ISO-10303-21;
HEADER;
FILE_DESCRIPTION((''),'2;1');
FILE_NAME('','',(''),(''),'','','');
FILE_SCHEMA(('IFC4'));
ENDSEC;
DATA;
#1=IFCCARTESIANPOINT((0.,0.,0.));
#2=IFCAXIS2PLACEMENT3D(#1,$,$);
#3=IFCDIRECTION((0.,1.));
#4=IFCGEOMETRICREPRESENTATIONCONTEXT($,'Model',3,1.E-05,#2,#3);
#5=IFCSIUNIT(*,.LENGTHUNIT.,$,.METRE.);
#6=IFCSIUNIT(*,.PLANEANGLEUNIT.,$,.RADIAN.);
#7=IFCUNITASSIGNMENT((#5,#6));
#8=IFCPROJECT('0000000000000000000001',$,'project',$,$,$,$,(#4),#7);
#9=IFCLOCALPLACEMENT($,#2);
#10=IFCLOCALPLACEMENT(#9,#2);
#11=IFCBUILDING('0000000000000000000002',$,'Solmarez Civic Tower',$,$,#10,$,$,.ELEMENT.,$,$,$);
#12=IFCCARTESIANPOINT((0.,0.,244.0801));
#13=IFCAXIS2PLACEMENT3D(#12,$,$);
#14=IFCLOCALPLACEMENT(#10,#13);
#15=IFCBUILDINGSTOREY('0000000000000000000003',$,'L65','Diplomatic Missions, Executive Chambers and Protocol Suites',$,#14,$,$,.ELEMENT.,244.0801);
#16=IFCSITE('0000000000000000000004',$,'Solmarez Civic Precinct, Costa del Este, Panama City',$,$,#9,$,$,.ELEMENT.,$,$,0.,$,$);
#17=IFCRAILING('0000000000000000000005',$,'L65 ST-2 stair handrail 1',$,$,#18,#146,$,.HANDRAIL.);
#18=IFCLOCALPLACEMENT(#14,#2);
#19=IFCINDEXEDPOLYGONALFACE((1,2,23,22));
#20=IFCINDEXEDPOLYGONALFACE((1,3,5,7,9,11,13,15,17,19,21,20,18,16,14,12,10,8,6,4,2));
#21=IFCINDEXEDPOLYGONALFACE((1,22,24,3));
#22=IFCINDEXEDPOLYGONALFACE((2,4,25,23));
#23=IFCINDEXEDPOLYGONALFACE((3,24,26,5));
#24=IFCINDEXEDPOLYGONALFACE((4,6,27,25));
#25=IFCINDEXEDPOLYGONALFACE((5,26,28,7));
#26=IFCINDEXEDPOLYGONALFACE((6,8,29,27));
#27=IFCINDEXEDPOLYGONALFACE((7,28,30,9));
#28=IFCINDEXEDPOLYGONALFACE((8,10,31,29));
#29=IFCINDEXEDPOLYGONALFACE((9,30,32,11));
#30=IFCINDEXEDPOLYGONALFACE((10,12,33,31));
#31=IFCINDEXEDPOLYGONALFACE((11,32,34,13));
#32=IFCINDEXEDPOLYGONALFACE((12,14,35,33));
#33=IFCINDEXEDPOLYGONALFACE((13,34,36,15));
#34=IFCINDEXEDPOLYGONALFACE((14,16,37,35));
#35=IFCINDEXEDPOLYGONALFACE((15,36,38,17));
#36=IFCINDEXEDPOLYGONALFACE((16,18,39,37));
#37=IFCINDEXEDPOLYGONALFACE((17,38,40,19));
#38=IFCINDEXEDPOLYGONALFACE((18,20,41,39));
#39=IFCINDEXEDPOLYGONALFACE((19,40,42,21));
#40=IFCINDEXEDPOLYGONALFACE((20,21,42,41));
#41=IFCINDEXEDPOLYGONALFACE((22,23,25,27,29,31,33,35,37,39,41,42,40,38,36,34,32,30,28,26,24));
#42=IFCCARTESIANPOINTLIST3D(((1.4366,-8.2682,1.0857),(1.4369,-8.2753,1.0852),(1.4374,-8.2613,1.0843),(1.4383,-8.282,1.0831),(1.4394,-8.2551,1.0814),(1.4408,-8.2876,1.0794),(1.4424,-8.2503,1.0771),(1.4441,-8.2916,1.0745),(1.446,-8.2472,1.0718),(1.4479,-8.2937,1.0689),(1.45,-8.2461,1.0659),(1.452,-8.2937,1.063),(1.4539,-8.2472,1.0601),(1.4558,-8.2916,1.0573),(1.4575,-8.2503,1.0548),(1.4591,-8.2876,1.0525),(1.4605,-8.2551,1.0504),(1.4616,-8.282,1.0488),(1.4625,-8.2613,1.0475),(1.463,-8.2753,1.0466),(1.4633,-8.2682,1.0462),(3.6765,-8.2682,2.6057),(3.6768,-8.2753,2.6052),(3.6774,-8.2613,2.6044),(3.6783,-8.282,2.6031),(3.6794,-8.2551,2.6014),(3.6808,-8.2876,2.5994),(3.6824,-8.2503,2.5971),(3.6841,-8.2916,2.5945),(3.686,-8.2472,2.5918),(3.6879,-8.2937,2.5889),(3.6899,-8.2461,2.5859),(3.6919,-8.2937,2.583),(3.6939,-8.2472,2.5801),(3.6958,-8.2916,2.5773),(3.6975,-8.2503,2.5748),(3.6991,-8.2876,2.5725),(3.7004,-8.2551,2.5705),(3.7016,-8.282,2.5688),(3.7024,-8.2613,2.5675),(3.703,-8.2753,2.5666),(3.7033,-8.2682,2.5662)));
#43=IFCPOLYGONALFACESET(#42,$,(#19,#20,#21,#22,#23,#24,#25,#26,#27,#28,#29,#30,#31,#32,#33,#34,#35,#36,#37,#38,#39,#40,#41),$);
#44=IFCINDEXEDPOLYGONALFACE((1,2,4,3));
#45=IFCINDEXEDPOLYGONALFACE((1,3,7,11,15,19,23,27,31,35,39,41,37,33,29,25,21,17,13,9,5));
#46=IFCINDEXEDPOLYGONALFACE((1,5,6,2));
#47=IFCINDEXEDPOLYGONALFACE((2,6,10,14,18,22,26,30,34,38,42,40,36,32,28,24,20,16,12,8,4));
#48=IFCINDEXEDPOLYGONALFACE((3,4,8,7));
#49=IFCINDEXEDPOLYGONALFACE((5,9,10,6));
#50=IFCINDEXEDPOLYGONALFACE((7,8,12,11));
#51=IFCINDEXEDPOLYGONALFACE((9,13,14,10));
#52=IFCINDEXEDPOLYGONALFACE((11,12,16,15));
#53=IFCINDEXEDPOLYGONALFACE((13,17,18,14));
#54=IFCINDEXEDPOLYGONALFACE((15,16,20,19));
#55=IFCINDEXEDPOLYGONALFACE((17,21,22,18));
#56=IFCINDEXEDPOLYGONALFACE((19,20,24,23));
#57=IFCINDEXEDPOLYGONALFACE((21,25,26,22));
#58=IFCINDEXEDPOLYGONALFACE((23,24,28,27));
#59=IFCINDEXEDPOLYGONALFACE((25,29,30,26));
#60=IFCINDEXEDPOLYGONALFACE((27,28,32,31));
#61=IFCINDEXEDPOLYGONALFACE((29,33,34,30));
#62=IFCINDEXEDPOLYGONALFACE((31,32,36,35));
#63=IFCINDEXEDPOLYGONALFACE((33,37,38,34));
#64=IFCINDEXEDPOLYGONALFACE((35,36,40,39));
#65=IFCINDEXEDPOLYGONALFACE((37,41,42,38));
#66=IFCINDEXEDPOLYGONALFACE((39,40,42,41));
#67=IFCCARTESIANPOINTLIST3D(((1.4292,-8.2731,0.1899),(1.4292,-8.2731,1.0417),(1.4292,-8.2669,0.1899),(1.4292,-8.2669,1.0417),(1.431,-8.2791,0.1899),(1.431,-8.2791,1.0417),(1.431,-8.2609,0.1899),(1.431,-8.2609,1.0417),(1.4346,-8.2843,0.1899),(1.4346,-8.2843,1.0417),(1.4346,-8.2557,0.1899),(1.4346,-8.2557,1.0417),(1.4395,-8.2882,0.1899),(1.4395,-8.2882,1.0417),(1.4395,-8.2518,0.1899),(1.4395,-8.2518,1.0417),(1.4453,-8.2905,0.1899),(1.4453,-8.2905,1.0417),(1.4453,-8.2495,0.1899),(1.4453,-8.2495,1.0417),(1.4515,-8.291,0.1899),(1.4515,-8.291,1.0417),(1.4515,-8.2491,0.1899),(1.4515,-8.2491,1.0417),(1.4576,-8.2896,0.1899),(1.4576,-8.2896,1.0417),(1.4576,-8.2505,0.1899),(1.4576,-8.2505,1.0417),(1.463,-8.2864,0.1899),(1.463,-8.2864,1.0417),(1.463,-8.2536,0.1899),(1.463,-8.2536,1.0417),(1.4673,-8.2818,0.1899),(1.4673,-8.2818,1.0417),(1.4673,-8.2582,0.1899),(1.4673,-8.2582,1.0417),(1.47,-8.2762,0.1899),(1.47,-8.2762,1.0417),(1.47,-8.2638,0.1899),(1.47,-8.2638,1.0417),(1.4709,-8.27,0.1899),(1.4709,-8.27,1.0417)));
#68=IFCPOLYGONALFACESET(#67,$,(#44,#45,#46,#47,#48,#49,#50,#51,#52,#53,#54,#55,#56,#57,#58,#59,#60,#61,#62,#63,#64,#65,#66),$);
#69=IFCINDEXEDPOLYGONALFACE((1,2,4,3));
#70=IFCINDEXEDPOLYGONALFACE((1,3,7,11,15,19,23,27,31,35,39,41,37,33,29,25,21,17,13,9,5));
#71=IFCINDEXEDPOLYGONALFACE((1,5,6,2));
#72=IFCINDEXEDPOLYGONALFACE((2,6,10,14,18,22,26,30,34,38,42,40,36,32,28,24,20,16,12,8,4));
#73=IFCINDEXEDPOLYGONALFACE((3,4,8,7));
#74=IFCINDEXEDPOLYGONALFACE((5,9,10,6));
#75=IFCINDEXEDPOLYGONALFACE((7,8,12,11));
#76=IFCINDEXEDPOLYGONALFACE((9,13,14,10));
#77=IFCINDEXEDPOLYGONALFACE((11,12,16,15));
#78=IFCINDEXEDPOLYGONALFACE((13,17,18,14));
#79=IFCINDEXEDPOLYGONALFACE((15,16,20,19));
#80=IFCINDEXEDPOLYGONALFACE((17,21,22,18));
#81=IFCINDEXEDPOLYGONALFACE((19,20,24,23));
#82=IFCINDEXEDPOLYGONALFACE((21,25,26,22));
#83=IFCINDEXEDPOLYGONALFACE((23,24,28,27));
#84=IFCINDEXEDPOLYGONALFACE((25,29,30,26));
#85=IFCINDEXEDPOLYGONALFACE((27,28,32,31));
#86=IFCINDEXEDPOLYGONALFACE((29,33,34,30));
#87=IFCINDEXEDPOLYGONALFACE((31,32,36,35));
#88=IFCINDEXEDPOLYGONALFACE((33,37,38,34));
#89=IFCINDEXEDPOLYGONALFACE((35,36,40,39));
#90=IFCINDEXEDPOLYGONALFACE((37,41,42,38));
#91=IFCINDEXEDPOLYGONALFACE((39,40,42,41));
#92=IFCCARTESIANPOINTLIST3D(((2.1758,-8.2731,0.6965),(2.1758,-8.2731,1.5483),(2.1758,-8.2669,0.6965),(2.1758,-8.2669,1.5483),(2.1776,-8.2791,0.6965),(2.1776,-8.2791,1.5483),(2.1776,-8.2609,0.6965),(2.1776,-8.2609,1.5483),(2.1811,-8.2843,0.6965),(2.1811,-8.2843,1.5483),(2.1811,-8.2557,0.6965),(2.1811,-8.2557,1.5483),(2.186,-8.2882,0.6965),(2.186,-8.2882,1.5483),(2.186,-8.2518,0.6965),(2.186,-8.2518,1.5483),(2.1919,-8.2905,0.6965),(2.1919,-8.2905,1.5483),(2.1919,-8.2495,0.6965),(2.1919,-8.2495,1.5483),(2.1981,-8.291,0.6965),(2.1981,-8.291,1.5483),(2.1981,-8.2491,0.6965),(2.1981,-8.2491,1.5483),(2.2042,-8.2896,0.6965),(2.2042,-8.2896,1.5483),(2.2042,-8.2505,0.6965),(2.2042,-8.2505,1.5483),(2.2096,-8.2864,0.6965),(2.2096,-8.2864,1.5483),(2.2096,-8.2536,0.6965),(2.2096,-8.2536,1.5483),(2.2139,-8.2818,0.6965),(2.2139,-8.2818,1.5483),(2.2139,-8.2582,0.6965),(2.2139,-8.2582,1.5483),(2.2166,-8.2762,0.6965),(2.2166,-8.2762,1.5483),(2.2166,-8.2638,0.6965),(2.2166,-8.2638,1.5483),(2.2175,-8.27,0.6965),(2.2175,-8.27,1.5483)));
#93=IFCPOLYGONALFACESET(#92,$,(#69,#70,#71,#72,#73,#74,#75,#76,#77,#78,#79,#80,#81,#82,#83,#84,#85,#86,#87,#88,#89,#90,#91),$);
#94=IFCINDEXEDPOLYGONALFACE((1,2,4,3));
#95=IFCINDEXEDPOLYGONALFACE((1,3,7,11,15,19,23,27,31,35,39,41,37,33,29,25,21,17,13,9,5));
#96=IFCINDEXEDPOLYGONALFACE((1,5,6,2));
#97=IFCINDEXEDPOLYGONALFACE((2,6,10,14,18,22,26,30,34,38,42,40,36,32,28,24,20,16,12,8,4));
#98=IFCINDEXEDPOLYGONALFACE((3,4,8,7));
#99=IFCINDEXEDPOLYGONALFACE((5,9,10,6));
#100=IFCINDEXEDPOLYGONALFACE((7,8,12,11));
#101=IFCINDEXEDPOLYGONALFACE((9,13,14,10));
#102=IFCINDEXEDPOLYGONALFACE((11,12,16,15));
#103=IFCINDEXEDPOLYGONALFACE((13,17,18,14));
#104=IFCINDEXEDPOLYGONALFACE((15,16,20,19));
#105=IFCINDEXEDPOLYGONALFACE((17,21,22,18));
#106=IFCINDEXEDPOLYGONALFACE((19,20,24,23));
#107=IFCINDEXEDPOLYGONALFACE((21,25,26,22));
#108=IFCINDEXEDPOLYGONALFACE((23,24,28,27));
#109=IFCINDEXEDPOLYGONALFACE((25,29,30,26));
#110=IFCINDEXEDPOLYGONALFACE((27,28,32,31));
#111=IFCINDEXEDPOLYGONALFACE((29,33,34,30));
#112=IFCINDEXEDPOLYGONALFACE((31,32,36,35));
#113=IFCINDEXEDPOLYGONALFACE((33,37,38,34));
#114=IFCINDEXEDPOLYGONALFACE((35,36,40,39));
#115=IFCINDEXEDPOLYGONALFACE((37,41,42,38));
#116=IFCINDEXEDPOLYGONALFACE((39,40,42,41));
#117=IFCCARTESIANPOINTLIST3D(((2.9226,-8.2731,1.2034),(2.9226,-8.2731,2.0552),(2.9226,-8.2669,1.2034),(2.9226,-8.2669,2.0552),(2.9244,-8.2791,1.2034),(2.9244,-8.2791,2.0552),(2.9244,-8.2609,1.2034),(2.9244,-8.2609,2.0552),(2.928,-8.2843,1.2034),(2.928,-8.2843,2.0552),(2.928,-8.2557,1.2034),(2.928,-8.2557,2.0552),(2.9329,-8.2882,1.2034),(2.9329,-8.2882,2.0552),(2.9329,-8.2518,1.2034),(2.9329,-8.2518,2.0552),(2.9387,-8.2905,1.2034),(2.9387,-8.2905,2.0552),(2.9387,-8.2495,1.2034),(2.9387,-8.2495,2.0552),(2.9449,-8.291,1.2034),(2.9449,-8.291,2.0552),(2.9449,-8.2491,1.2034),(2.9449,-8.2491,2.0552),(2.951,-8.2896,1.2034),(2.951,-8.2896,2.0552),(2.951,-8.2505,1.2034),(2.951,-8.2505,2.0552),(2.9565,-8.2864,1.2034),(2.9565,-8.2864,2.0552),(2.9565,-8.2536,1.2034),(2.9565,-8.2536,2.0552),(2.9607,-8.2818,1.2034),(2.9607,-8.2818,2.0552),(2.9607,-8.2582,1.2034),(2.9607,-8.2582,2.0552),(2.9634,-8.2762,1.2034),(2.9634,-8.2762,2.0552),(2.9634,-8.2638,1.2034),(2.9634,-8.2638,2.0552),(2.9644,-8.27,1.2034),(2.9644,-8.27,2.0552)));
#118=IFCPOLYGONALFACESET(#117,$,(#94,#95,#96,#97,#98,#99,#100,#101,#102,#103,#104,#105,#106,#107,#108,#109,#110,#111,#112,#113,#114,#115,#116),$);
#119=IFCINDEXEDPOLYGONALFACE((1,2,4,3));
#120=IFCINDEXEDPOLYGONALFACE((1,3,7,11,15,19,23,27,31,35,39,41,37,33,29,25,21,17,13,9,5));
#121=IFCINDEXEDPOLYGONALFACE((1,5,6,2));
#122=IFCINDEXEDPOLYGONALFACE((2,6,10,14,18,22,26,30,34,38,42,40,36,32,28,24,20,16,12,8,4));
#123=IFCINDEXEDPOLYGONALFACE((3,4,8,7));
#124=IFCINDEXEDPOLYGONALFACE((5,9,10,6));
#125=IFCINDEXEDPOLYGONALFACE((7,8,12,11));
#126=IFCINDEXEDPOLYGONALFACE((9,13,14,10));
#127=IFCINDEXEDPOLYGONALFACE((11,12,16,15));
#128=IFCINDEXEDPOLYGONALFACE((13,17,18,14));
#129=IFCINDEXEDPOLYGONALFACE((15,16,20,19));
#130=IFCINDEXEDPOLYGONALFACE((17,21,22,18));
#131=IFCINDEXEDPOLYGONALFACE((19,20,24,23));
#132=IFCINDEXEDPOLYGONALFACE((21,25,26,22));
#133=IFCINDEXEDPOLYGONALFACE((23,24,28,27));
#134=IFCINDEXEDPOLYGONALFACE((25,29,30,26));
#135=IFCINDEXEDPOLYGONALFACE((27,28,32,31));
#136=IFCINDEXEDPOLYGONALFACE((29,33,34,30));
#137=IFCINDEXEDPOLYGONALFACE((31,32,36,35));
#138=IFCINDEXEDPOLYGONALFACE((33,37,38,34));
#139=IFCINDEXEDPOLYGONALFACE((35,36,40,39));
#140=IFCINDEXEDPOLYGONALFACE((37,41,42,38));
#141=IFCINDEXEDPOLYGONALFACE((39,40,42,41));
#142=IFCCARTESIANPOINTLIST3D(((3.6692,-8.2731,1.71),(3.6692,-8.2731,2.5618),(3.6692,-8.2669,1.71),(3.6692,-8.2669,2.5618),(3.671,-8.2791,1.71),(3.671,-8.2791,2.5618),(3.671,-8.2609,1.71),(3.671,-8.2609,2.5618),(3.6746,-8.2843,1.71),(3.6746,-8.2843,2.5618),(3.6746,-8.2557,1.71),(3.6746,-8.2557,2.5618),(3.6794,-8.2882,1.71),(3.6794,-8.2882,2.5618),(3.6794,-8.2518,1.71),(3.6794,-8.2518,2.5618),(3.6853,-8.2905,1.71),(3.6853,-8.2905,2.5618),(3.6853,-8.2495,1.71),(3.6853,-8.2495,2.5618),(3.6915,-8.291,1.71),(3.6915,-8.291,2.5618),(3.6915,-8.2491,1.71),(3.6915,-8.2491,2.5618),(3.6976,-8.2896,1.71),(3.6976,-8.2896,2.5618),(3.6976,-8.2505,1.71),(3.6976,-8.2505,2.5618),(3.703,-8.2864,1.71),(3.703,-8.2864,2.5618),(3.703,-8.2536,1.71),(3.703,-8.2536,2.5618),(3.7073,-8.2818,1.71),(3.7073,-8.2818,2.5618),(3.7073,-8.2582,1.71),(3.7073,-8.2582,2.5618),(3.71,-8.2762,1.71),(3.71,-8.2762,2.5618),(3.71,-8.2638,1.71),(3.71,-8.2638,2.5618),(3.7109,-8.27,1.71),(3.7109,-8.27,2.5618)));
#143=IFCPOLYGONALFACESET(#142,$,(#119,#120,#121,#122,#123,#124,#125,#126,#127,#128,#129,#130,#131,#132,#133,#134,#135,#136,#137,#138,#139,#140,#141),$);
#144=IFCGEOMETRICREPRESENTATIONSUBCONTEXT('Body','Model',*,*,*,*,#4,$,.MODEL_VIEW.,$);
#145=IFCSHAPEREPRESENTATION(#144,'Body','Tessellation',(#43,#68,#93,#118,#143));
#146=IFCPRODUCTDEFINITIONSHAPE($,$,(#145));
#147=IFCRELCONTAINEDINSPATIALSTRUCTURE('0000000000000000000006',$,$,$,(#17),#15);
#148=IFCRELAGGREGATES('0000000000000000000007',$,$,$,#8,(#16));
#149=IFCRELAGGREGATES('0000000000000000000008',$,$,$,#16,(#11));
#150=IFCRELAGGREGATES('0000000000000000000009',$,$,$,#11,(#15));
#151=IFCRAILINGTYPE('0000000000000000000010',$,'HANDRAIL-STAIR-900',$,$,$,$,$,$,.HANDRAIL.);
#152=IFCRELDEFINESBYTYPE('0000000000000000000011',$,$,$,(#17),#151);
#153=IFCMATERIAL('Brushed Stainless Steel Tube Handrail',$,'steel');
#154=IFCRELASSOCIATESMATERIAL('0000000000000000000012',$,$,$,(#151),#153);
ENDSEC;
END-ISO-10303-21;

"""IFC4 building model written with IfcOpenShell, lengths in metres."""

from ifc_helpers import new_model, si_unit, direction, frame, origin, origin_2d, place, context, subcontext, project, spatial, circle, extrude, material, type_object, element, save


model = new_model("IFC4")

# Units and contexts
model_context = context("Model", 3, precision=1e-05, world=origin(), true_north=direction((0.0, 1.0)))
body_context = subcontext(model_context, "Body", "Model", "MODEL_VIEW")
ifc_project = project(units=[si_unit("LENGTHUNIT", "METRE"), si_unit("PLANEANGLEUNIT", "RADIAN")], contexts=[model_context])

# Site, building, storey
site_placement = place(None, origin())
site = spatial("IfcSite", under=ifc_project, at=site_placement, Name="Solmarez Civic Precinct, Costa del Este, Panama City", CompositionType="ELEMENT", RefElevation=0.0)
building_placement = place(site_placement, origin())
building = spatial("IfcBuilding", under=site, at=building_placement, Name="Solmarez Civic Tower", CompositionType="ELEMENT")
storey_placement = place(building_placement, frame((0.0, 0.0, 244.0801)))
storey = spatial("IfcBuildingStorey", under=building, at=storey_placement, Name="L65", Description="Diplomatic Missions, Executive Chambers and Protocol Suites", CompositionType="ELEMENT", Elevation=244.0801)

# Railing
ifc_material_1 = material(Name="Brushed Stainless Steel Tube Handrail", Category="steel")
railing_type_1 = type_object("IfcRailingType", Name="HANDRAIL-STAIR-900", PredefinedType="HANDRAIL", material=ifc_material_1)
railing_1_placement = place(storey_placement, frame((1.45, -8.27, 0.1899)))
element("IfcRailing", 1, at=railing_1_placement, inside=storey, type_object=railing_type_1, Name="L65 ST-2 stair handrail 1", PredefinedType="HANDRAIL", context=body_context, shape_type="SweptSolid", body=[
    extrude(circle(Radius=0.0239, at=origin_2d()), frame((0.0, 0.0, 0.876), z_axis=(0.827471, 0.0, 0.561508), x_axis=(0.0, 1.0, 0.0)), (0.0, 0.0, 1.0), 2.707),
    extrude(circle(Radius=0.021, at=origin_2d()), origin(), (0.0, 0.0, 1.0), 0.8518),
    extrude(circle(Radius=0.021, at=origin_2d()), frame((0.7466, 0.0, 0.5066)), (0.0, 0.0, 1.0), 0.8518),
    extrude(circle(Radius=0.021, at=origin_2d()), frame((1.4934, 0.0, 1.0134)), (0.0, 0.0, 1.0), 0.8518),
    extrude(circle(Radius=0.021, at=origin_2d()), frame((2.24, 0.0, 1.52)), (0.0, 0.0, 1.0), 0.8518),
])

save(model, "model.ifc")
